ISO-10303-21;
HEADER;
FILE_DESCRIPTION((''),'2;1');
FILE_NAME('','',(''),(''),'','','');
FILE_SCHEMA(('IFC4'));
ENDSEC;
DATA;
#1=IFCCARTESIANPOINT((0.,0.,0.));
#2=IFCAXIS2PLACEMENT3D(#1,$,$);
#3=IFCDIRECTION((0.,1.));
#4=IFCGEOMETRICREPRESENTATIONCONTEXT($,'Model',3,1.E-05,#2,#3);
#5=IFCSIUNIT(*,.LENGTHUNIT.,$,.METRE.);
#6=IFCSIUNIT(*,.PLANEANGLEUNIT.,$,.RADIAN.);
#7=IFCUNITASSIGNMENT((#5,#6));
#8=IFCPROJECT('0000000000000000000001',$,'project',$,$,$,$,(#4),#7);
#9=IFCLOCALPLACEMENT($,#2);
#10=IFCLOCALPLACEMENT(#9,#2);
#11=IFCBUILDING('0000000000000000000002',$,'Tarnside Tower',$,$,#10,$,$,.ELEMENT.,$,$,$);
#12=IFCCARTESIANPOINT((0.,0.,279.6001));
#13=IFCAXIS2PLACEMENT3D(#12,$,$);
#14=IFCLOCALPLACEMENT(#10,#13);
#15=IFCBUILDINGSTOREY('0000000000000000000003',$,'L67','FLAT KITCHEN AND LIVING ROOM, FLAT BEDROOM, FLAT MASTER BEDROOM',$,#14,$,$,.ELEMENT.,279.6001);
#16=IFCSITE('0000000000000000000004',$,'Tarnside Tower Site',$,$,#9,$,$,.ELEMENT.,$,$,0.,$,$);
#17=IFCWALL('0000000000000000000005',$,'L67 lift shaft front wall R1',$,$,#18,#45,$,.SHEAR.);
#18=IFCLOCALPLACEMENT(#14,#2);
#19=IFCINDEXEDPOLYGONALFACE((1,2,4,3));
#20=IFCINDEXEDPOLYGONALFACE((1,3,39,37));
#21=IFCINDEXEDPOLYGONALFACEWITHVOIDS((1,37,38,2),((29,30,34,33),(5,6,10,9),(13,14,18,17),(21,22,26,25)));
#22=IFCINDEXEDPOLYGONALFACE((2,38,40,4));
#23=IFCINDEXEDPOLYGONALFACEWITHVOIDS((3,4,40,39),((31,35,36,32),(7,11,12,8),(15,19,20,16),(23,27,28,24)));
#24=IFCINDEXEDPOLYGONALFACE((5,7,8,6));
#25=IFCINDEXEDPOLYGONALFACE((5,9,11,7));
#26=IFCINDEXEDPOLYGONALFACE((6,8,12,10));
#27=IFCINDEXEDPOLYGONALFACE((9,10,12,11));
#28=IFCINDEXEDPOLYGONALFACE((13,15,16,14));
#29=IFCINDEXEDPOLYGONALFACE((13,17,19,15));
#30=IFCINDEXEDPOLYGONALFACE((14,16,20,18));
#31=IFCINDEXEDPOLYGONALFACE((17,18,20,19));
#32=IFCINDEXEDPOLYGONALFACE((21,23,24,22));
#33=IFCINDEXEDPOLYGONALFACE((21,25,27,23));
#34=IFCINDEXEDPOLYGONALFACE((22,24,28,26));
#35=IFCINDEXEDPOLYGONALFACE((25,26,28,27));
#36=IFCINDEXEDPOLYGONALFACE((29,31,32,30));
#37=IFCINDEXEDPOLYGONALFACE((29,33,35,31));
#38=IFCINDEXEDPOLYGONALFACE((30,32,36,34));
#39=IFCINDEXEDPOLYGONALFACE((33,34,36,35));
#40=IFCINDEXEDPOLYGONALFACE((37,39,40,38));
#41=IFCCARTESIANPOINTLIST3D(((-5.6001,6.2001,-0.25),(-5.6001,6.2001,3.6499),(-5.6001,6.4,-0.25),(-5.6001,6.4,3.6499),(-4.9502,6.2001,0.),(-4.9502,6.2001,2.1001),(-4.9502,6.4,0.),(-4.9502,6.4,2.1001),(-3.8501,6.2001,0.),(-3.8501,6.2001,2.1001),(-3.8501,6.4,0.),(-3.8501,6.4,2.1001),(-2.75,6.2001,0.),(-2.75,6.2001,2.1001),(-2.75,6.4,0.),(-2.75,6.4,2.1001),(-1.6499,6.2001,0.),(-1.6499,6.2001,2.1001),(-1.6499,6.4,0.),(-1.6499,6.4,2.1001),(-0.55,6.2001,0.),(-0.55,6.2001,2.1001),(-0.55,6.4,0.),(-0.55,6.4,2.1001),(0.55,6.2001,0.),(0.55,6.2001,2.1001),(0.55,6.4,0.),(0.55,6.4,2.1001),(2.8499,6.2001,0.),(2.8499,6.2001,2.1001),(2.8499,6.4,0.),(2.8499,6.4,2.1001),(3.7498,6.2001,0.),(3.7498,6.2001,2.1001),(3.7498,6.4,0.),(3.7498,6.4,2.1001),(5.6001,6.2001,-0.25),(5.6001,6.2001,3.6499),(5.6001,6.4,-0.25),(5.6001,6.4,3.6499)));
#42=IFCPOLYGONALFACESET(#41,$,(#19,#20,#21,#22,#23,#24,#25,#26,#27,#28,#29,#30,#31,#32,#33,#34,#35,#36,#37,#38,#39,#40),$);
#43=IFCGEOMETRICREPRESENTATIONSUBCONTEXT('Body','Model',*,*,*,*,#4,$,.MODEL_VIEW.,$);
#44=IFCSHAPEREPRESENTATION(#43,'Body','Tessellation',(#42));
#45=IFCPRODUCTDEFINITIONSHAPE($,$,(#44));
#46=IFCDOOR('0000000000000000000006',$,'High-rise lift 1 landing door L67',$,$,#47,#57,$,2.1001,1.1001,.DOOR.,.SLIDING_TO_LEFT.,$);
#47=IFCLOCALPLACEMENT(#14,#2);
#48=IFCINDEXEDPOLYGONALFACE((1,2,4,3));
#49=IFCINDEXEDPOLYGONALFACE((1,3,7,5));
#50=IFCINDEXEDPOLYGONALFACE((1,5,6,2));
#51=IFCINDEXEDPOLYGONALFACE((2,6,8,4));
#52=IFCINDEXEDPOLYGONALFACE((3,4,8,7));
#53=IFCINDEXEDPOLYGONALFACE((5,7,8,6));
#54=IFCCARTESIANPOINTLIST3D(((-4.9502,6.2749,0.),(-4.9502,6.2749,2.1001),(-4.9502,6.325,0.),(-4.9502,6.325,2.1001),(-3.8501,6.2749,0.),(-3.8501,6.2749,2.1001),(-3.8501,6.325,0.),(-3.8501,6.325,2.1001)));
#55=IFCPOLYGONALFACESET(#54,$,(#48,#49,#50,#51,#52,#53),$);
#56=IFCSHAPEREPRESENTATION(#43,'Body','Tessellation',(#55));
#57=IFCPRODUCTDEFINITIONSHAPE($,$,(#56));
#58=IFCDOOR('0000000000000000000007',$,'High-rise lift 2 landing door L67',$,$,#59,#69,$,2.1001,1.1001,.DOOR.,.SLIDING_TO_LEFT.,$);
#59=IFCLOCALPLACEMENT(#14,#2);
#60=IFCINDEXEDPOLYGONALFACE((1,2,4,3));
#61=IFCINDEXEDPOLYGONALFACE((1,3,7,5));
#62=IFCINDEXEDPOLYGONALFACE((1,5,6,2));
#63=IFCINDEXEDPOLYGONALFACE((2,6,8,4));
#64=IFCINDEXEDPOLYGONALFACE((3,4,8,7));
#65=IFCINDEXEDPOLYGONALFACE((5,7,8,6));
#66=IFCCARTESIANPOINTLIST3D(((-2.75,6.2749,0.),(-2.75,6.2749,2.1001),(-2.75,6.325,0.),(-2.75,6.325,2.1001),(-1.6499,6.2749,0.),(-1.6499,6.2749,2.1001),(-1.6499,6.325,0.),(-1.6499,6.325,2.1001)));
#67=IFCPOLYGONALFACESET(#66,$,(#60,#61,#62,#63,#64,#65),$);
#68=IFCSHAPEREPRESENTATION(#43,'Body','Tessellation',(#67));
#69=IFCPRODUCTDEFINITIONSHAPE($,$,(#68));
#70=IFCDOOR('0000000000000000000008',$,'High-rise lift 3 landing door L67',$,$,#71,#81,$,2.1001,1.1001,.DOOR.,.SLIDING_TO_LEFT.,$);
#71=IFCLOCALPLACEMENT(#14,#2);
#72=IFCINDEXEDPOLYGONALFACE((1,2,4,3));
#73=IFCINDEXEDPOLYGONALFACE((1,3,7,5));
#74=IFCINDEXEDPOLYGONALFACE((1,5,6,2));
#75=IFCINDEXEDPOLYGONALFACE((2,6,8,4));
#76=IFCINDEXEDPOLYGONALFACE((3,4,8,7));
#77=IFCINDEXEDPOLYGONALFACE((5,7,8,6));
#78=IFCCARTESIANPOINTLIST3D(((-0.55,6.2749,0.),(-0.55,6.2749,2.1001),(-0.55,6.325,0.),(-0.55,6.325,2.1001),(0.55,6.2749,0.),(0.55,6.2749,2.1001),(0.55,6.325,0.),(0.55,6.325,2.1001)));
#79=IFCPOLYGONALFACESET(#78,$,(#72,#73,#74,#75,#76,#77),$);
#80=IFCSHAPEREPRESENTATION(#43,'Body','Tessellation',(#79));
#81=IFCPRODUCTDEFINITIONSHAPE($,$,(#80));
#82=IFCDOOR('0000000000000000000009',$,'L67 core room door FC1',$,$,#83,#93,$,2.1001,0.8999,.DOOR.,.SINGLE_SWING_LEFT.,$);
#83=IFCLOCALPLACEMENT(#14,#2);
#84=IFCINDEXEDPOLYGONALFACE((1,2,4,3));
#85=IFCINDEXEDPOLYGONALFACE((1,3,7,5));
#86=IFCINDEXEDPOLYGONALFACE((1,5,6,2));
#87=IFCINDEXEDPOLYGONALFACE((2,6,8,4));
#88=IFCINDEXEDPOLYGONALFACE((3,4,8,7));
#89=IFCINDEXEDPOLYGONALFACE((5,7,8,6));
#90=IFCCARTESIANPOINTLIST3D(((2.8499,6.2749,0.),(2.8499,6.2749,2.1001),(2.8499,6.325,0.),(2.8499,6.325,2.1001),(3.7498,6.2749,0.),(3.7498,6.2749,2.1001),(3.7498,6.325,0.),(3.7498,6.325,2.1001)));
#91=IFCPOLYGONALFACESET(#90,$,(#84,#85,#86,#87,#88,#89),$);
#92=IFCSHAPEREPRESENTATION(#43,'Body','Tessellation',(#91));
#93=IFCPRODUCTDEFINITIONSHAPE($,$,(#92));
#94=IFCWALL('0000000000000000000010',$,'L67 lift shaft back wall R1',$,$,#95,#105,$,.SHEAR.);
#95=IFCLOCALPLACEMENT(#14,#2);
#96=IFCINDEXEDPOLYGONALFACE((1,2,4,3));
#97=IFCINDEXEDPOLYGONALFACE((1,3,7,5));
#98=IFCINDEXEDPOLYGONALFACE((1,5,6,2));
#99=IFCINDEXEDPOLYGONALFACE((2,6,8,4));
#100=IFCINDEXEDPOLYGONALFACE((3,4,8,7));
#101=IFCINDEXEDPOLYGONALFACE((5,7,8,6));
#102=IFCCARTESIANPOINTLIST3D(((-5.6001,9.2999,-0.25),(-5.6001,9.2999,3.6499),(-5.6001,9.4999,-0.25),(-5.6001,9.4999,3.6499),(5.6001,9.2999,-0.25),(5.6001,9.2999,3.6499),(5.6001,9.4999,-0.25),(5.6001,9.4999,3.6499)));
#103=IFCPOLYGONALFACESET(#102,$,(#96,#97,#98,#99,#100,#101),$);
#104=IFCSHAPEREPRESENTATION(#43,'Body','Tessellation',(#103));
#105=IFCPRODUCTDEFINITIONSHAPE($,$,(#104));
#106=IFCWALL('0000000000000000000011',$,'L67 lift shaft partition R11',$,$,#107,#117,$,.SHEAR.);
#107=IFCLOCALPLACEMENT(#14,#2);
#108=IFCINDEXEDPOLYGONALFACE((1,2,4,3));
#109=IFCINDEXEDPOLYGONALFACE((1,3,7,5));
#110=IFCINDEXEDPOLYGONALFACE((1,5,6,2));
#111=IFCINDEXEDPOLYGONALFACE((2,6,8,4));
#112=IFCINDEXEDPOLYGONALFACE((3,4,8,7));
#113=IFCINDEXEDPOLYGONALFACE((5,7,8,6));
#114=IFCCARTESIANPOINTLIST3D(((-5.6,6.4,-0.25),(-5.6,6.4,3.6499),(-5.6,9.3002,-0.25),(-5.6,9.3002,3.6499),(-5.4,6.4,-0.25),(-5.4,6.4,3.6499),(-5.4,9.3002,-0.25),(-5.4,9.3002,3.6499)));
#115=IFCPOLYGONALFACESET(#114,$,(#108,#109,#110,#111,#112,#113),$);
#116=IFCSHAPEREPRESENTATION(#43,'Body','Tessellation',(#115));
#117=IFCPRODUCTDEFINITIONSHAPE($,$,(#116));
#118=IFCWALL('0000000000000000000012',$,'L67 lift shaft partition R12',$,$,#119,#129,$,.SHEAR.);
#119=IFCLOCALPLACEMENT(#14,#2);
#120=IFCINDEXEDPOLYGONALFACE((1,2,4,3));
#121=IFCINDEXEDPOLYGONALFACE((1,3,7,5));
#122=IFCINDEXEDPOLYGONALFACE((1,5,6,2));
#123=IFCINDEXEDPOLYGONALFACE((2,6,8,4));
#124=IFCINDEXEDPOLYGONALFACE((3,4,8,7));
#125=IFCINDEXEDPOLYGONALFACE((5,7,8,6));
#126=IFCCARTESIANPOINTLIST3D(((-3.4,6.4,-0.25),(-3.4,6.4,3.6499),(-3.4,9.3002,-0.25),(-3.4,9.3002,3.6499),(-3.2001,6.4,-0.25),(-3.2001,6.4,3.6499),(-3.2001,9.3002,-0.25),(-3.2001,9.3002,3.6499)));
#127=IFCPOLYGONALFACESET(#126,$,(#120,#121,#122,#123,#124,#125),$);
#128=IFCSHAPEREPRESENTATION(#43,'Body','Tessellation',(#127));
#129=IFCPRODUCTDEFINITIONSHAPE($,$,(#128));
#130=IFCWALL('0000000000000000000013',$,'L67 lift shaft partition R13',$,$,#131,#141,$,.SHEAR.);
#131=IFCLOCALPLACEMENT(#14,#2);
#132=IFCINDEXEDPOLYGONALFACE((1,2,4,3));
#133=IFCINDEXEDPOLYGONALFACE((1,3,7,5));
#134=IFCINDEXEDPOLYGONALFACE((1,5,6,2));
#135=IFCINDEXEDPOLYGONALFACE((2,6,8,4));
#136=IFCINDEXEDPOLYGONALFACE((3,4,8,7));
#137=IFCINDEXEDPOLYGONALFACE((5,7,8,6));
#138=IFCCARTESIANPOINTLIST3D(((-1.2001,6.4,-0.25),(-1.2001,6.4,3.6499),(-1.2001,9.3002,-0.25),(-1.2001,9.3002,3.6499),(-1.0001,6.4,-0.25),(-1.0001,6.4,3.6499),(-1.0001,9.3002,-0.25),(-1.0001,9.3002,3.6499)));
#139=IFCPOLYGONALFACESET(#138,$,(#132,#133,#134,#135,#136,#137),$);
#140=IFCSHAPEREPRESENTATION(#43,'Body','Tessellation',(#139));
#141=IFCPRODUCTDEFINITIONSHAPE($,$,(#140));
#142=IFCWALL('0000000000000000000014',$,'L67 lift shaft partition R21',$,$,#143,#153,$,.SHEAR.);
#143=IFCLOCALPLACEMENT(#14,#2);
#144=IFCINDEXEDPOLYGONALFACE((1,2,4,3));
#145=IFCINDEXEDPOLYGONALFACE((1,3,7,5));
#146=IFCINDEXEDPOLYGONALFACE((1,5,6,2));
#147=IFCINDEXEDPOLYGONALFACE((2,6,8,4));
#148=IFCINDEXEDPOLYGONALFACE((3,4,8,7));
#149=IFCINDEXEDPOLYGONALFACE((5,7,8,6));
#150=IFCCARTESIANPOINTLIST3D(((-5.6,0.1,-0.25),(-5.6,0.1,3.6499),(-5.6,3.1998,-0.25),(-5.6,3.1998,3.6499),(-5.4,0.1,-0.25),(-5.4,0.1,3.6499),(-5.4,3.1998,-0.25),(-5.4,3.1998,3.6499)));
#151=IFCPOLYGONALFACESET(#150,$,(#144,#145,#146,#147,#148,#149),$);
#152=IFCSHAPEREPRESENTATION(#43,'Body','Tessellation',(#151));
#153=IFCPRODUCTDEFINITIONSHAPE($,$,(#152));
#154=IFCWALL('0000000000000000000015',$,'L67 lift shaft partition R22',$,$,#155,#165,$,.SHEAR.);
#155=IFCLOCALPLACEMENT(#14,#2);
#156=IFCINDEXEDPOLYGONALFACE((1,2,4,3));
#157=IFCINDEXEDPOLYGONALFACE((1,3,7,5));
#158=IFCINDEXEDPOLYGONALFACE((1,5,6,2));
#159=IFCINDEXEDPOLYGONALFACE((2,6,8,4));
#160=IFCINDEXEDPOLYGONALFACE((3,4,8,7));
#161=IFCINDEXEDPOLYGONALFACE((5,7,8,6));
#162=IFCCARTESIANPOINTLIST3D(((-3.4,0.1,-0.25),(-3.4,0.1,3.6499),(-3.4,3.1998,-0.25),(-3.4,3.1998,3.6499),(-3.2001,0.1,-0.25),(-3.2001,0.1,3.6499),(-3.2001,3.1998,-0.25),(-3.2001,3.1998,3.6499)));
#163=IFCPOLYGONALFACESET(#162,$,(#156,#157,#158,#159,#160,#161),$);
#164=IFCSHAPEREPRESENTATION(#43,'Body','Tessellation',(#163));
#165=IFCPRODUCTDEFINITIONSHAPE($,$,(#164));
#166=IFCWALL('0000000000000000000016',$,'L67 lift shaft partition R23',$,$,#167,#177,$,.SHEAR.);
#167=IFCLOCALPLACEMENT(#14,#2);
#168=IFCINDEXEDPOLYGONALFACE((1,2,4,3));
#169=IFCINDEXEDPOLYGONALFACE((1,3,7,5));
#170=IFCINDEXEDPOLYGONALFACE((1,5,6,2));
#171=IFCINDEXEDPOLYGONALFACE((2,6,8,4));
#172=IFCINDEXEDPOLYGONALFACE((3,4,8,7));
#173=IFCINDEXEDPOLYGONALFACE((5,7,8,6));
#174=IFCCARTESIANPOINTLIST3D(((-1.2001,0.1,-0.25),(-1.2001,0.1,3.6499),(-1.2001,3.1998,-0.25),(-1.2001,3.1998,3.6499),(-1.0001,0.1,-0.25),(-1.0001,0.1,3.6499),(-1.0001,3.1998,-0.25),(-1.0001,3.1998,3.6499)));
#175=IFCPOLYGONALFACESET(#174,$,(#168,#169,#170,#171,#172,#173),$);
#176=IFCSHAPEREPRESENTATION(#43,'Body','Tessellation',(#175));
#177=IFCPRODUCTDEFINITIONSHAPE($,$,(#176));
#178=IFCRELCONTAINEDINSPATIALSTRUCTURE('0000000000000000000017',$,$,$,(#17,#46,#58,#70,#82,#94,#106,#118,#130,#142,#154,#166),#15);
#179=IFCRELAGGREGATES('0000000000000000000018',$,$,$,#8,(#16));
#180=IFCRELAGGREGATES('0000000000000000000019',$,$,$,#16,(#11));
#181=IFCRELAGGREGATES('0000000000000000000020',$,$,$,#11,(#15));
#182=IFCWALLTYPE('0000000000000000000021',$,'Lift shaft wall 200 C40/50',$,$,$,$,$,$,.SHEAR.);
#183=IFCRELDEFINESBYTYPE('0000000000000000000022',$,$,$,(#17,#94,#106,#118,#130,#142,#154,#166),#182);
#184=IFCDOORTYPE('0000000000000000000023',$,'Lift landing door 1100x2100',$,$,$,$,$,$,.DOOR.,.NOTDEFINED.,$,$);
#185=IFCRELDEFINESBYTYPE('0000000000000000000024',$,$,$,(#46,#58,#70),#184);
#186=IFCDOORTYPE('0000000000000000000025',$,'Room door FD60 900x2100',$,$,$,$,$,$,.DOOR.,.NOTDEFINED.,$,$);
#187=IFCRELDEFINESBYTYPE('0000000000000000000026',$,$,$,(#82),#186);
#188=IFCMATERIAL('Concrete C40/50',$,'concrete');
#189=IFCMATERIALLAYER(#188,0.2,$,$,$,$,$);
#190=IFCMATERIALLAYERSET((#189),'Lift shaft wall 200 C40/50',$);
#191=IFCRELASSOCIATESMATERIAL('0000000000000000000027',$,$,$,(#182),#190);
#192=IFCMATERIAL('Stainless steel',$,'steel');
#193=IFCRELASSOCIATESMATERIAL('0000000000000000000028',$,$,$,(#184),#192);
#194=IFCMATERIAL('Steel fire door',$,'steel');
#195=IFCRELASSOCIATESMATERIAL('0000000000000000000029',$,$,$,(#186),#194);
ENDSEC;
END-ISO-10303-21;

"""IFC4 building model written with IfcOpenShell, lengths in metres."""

from ifc_helpers import new_model, si_unit, direction, frame, frame_2d, origin, place, context, subcontext, project, spatial, rectangle, extrude, material, layer, layer_set, type_object, element, fill, save


model = new_model("IFC4")

# Units and contexts
model_context = context("Model", 3, precision=1e-05, world=origin(), true_north=direction((0.0, 1.0)))
body_context = subcontext(model_context, "Body", "Model", "MODEL_VIEW")
ifc_project = project(units=[si_unit("LENGTHUNIT", "METRE"), si_unit("PLANEANGLEUNIT", "RADIAN")], contexts=[model_context])

# Site, building, storey
site_placement = place(None, origin())
site = spatial("IfcSite", under=ifc_project, at=site_placement, Name="Tarnside Tower Site", CompositionType="ELEMENT", RefElevation=0.0)
building_placement = place(site_placement, origin())
building = spatial("IfcBuilding", under=site, at=building_placement, Name="Tarnside Tower", CompositionType="ELEMENT")
storey_placement = place(building_placement, frame((0.0, 0.0, 279.6001)))
storey = spatial("IfcBuildingStorey", under=building, at=storey_placement, Name="L67", Description="FLAT KITCHEN AND LIVING ROOM, FLAT BEDROOM, FLAT MASTER BEDROOM", CompositionType="ELEMENT", Elevation=279.6001)

# Wall, openings, doors
ifc_material_1 = material(Name="Concrete C40/50", Category="concrete")
ifc_layer_1 = layer(ifc_material_1, 0.2)
ifc_layer_set_1 = layer_set([ifc_layer_1], Name="Lift shaft wall 200 C40/50")
wall_type = type_object("IfcWallType", Name="Lift shaft wall 200 C40/50", PredefinedType="SHEAR", material=ifc_layer_set_1)
wall_1_placement = place(storey_placement, frame((-5.6001, 6.3, -0.25), z_axis=(0.0, 0.0, 1.0), x_axis=(1.0, 0.0, 0.0)))
wall_1 = element("IfcWall", 1, at=wall_1_placement, inside=storey, type_object=wall_type, Name="L67 lift shaft front wall R1", PredefinedType="SHEAR", context=body_context, shape_type="SweptSolid", body=[
    extrude(rectangle(XDim=11.2002, YDim=0.2, at=frame_2d((5.6001, 0.0))), origin(), (0.0, 0.0, 1.0), 3.8999),
])
opening_1_placement = place(wall_1_placement, frame((8.45, 0.0, 0.25)))
opening_1 = element("IfcOpeningElement", 2, at=opening_1_placement, cuts=wall_1, PredefinedType="OPENING", context=body_context, shape_type="SweptSolid", body=[
    extrude(rectangle(XDim=0.8999, YDim=2.1001, at=frame_2d((0.45, 1.05))), frame((0.0, 0.1099, 0.0), z_axis=(0.0, -1.0, 0.0), x_axis=(1.0, 0.0, 0.0)), (0.0, 0.0, 1.0), 0.22),
])
opening_2_placement = place(wall_1_placement, frame((0.6499, 0.0, 0.25)))
opening_2 = element("IfcOpeningElement", 3, at=opening_2_placement, cuts=wall_1, PredefinedType="OPENING", context=body_context, shape_type="SweptSolid", body=[
    extrude(rectangle(XDim=1.1001, YDim=2.1001, at=frame_2d((0.55, 1.05))), frame((0.0, 0.1099, 0.0), z_axis=(0.0, -1.0, 0.0), x_axis=(1.0, 0.0, 0.0)), (0.0, 0.0, 1.0), 0.22),
])
opening_3_placement = place(wall_1_placement, frame((2.8501, 0.0, 0.25)))
opening_3 = element("IfcOpeningElement", 4, at=opening_3_placement, cuts=wall_1, PredefinedType="OPENING", context=body_context, shape_type="SweptSolid", body=[
    extrude(rectangle(XDim=1.1001, YDim=2.1001, at=frame_2d((0.55, 1.05))), frame((0.0, 0.1099, 0.0), z_axis=(0.0, -1.0, 0.0), x_axis=(1.0, 0.0, 0.0)), (0.0, 0.0, 1.0), 0.22),
])
opening_4_placement = place(wall_1_placement, frame((5.05, 0.0, 0.25)))
opening_4 = element("IfcOpeningElement", 5, at=opening_4_placement, cuts=wall_1, PredefinedType="OPENING", context=body_context, shape_type="SweptSolid", body=[
    extrude(rectangle(XDim=1.1001, YDim=2.1001, at=frame_2d((0.55, 1.05))), frame((0.0, 0.1099, 0.0), z_axis=(0.0, -1.0, 0.0), x_axis=(1.0, 0.0, 0.0)), (0.0, 0.0, 1.0), 0.22),
])
ifc_material_2 = material(Name="Stainless steel", Category="steel")
door_type_1 = type_object("IfcDoorType", Name="Lift landing door 1100x2100", OperationType="NOTDEFINED", PredefinedType="DOOR", material=ifc_material_2)
door_1_placement = place(opening_2_placement, origin())
door_1 = element("IfcDoor", 6, at=door_1_placement, inside=storey, type_object=door_type_1, Name="High-rise lift 1 landing door L67", OperationType="SLIDING_TO_LEFT", OverallHeight=2.1001, OverallWidth=1.1001, PredefinedType="DOOR", context=body_context, shape_type="SweptSolid", body=[
    extrude(rectangle(XDim=1.1001, YDim=2.1001, at=frame_2d((0.55, 1.05))), frame((0.0, 0.0249, 0.0), z_axis=(0.0, -1.0, 0.0), x_axis=(1.0, 0.0, 0.0)), (0.0, 0.0, 1.0), 0.05),
])
fill(opening_2, door_1)
door_2_placement = place(opening_3_placement, origin())
door_2 = element("IfcDoor", 7, at=door_2_placement, inside=storey, type_object=door_type_1, Name="High-rise lift 2 landing door L67", OperationType="SLIDING_TO_LEFT", OverallHeight=2.1001, OverallWidth=1.1001, PredefinedType="DOOR", context=body_context, shape_type="SweptSolid", body=[
    extrude(rectangle(XDim=1.1001, YDim=2.1001, at=frame_2d((0.55, 1.05))), frame((0.0, 0.0249, 0.0), z_axis=(0.0, -1.0, 0.0), x_axis=(1.0, 0.0, 0.0)), (0.0, 0.0, 1.0), 0.05),
])
fill(opening_3, door_2)
door_3_placement = place(opening_4_placement, origin())
door_3 = element("IfcDoor", 8, at=door_3_placement, inside=storey, type_object=door_type_1, Name="High-rise lift 3 landing door L67", OperationType="SLIDING_TO_LEFT", OverallHeight=2.1001, OverallWidth=1.1001, PredefinedType="DOOR", context=body_context, shape_type="SweptSolid", body=[
    extrude(rectangle(XDim=1.1001, YDim=2.1001, at=frame_2d((0.55, 1.05))), frame((0.0, 0.0249, 0.0), z_axis=(0.0, -1.0, 0.0), x_axis=(1.0, 0.0, 0.0)), (0.0, 0.0, 1.0), 0.05),
])
fill(opening_4, door_3)
ifc_material_3 = material(Name="Steel fire door", Category="steel")
door_type_2 = type_object("IfcDoorType", Name="Room door FD60 900x2100", OperationType="NOTDEFINED", PredefinedType="DOOR", material=ifc_material_3)
door_4_placement = place(opening_1_placement, origin())
door_4 = element("IfcDoor", 9, at=door_4_placement, inside=storey, type_object=door_type_2, Name="L67 core room door FC1", OperationType="SINGLE_SWING_LEFT", OverallHeight=2.1001, OverallWidth=0.8999, PredefinedType="DOOR", context=body_context, shape_type="SweptSolid", body=[
    extrude(rectangle(XDim=0.8999, YDim=2.1001, at=frame_2d((0.45, 1.05))), frame((0.0, 0.0249, 0.0), z_axis=(0.0, -1.0, 0.0), x_axis=(1.0, 0.0, 0.0)), (0.0, 0.0, 1.0), 0.05),
])
fill(opening_1, door_4)

# Walls
wall_2_placement = place(storey_placement, frame((-5.6001, 9.3999, -0.25), z_axis=(0.0, 0.0, 1.0), x_axis=(1.0, 0.0, 0.0)))
element("IfcWall", 10, at=wall_2_placement, inside=storey, type_object=wall_type, Name="L67 lift shaft back wall R1", PredefinedType="SHEAR", context=body_context, shape_type="SweptSolid", body=[
    extrude(rectangle(XDim=11.2002, YDim=0.2, at=frame_2d((5.6001, 0.0))), origin(), (0.0, 0.0, 1.0), 3.8999),
])
for number, where, z_axis, x_axis, name in (
    (11, (-5.5, 6.3999, -0.25), (0.0, 0.0, 1.0), (0.0, 1.0, 0.0), "L67 lift shaft partition R11"),
    (12, (-3.3, 6.3999, -0.25), (0.0, 0.0, 1.0), (0.0, 1.0, 0.0), "L67 lift shaft partition R12"),
    (13, (-1.1001, 6.3999, -0.25), (0.0, 0.0, 1.0), (0.0, 1.0, 0.0), "L67 lift shaft partition R13"),
):
    element("IfcWall", number, at=place(storey_placement, frame(where, z_axis=z_axis, x_axis=x_axis)), inside=storey, type_object=wall_type, Name=name, PredefinedType="SHEAR", context=body_context, shape_type="SweptSolid", body=[
        extrude(rectangle(XDim=2.9001, YDim=0.2, at=frame_2d((1.4502, 0.0))), origin(), (0.0, 0.0, 1.0), 3.8999),
    ])
for number, where, z_axis, x_axis, name in (
    (14, (-5.5, 0.1001, -0.25), (0.0, 0.0, 1.0), (0.0, 1.0, 0.0), "L67 lift shaft partition R21"),
    (15, (-3.3, 0.1001, -0.25), (0.0, 0.0, 1.0), (0.0, 1.0, 0.0), "L67 lift shaft partition R22"),
    (16, (-1.1001, 0.1001, -0.25), (0.0, 0.0, 1.0), (0.0, 1.0, 0.0), "L67 lift shaft partition R23"),
):
    element("IfcWall", number, at=place(storey_placement, frame(where, z_axis=z_axis, x_axis=x_axis)), inside=storey, type_object=wall_type, Name=name, PredefinedType="SHEAR", context=body_context, shape_type="SweptSolid", body=[
        extrude(rectangle(XDim=3.0999, YDim=0.2, at=frame_2d((1.5498, 0.0))), origin(), (0.0, 0.0, 1.0), 3.8999),
    ])

save(model, "model.ifc")
